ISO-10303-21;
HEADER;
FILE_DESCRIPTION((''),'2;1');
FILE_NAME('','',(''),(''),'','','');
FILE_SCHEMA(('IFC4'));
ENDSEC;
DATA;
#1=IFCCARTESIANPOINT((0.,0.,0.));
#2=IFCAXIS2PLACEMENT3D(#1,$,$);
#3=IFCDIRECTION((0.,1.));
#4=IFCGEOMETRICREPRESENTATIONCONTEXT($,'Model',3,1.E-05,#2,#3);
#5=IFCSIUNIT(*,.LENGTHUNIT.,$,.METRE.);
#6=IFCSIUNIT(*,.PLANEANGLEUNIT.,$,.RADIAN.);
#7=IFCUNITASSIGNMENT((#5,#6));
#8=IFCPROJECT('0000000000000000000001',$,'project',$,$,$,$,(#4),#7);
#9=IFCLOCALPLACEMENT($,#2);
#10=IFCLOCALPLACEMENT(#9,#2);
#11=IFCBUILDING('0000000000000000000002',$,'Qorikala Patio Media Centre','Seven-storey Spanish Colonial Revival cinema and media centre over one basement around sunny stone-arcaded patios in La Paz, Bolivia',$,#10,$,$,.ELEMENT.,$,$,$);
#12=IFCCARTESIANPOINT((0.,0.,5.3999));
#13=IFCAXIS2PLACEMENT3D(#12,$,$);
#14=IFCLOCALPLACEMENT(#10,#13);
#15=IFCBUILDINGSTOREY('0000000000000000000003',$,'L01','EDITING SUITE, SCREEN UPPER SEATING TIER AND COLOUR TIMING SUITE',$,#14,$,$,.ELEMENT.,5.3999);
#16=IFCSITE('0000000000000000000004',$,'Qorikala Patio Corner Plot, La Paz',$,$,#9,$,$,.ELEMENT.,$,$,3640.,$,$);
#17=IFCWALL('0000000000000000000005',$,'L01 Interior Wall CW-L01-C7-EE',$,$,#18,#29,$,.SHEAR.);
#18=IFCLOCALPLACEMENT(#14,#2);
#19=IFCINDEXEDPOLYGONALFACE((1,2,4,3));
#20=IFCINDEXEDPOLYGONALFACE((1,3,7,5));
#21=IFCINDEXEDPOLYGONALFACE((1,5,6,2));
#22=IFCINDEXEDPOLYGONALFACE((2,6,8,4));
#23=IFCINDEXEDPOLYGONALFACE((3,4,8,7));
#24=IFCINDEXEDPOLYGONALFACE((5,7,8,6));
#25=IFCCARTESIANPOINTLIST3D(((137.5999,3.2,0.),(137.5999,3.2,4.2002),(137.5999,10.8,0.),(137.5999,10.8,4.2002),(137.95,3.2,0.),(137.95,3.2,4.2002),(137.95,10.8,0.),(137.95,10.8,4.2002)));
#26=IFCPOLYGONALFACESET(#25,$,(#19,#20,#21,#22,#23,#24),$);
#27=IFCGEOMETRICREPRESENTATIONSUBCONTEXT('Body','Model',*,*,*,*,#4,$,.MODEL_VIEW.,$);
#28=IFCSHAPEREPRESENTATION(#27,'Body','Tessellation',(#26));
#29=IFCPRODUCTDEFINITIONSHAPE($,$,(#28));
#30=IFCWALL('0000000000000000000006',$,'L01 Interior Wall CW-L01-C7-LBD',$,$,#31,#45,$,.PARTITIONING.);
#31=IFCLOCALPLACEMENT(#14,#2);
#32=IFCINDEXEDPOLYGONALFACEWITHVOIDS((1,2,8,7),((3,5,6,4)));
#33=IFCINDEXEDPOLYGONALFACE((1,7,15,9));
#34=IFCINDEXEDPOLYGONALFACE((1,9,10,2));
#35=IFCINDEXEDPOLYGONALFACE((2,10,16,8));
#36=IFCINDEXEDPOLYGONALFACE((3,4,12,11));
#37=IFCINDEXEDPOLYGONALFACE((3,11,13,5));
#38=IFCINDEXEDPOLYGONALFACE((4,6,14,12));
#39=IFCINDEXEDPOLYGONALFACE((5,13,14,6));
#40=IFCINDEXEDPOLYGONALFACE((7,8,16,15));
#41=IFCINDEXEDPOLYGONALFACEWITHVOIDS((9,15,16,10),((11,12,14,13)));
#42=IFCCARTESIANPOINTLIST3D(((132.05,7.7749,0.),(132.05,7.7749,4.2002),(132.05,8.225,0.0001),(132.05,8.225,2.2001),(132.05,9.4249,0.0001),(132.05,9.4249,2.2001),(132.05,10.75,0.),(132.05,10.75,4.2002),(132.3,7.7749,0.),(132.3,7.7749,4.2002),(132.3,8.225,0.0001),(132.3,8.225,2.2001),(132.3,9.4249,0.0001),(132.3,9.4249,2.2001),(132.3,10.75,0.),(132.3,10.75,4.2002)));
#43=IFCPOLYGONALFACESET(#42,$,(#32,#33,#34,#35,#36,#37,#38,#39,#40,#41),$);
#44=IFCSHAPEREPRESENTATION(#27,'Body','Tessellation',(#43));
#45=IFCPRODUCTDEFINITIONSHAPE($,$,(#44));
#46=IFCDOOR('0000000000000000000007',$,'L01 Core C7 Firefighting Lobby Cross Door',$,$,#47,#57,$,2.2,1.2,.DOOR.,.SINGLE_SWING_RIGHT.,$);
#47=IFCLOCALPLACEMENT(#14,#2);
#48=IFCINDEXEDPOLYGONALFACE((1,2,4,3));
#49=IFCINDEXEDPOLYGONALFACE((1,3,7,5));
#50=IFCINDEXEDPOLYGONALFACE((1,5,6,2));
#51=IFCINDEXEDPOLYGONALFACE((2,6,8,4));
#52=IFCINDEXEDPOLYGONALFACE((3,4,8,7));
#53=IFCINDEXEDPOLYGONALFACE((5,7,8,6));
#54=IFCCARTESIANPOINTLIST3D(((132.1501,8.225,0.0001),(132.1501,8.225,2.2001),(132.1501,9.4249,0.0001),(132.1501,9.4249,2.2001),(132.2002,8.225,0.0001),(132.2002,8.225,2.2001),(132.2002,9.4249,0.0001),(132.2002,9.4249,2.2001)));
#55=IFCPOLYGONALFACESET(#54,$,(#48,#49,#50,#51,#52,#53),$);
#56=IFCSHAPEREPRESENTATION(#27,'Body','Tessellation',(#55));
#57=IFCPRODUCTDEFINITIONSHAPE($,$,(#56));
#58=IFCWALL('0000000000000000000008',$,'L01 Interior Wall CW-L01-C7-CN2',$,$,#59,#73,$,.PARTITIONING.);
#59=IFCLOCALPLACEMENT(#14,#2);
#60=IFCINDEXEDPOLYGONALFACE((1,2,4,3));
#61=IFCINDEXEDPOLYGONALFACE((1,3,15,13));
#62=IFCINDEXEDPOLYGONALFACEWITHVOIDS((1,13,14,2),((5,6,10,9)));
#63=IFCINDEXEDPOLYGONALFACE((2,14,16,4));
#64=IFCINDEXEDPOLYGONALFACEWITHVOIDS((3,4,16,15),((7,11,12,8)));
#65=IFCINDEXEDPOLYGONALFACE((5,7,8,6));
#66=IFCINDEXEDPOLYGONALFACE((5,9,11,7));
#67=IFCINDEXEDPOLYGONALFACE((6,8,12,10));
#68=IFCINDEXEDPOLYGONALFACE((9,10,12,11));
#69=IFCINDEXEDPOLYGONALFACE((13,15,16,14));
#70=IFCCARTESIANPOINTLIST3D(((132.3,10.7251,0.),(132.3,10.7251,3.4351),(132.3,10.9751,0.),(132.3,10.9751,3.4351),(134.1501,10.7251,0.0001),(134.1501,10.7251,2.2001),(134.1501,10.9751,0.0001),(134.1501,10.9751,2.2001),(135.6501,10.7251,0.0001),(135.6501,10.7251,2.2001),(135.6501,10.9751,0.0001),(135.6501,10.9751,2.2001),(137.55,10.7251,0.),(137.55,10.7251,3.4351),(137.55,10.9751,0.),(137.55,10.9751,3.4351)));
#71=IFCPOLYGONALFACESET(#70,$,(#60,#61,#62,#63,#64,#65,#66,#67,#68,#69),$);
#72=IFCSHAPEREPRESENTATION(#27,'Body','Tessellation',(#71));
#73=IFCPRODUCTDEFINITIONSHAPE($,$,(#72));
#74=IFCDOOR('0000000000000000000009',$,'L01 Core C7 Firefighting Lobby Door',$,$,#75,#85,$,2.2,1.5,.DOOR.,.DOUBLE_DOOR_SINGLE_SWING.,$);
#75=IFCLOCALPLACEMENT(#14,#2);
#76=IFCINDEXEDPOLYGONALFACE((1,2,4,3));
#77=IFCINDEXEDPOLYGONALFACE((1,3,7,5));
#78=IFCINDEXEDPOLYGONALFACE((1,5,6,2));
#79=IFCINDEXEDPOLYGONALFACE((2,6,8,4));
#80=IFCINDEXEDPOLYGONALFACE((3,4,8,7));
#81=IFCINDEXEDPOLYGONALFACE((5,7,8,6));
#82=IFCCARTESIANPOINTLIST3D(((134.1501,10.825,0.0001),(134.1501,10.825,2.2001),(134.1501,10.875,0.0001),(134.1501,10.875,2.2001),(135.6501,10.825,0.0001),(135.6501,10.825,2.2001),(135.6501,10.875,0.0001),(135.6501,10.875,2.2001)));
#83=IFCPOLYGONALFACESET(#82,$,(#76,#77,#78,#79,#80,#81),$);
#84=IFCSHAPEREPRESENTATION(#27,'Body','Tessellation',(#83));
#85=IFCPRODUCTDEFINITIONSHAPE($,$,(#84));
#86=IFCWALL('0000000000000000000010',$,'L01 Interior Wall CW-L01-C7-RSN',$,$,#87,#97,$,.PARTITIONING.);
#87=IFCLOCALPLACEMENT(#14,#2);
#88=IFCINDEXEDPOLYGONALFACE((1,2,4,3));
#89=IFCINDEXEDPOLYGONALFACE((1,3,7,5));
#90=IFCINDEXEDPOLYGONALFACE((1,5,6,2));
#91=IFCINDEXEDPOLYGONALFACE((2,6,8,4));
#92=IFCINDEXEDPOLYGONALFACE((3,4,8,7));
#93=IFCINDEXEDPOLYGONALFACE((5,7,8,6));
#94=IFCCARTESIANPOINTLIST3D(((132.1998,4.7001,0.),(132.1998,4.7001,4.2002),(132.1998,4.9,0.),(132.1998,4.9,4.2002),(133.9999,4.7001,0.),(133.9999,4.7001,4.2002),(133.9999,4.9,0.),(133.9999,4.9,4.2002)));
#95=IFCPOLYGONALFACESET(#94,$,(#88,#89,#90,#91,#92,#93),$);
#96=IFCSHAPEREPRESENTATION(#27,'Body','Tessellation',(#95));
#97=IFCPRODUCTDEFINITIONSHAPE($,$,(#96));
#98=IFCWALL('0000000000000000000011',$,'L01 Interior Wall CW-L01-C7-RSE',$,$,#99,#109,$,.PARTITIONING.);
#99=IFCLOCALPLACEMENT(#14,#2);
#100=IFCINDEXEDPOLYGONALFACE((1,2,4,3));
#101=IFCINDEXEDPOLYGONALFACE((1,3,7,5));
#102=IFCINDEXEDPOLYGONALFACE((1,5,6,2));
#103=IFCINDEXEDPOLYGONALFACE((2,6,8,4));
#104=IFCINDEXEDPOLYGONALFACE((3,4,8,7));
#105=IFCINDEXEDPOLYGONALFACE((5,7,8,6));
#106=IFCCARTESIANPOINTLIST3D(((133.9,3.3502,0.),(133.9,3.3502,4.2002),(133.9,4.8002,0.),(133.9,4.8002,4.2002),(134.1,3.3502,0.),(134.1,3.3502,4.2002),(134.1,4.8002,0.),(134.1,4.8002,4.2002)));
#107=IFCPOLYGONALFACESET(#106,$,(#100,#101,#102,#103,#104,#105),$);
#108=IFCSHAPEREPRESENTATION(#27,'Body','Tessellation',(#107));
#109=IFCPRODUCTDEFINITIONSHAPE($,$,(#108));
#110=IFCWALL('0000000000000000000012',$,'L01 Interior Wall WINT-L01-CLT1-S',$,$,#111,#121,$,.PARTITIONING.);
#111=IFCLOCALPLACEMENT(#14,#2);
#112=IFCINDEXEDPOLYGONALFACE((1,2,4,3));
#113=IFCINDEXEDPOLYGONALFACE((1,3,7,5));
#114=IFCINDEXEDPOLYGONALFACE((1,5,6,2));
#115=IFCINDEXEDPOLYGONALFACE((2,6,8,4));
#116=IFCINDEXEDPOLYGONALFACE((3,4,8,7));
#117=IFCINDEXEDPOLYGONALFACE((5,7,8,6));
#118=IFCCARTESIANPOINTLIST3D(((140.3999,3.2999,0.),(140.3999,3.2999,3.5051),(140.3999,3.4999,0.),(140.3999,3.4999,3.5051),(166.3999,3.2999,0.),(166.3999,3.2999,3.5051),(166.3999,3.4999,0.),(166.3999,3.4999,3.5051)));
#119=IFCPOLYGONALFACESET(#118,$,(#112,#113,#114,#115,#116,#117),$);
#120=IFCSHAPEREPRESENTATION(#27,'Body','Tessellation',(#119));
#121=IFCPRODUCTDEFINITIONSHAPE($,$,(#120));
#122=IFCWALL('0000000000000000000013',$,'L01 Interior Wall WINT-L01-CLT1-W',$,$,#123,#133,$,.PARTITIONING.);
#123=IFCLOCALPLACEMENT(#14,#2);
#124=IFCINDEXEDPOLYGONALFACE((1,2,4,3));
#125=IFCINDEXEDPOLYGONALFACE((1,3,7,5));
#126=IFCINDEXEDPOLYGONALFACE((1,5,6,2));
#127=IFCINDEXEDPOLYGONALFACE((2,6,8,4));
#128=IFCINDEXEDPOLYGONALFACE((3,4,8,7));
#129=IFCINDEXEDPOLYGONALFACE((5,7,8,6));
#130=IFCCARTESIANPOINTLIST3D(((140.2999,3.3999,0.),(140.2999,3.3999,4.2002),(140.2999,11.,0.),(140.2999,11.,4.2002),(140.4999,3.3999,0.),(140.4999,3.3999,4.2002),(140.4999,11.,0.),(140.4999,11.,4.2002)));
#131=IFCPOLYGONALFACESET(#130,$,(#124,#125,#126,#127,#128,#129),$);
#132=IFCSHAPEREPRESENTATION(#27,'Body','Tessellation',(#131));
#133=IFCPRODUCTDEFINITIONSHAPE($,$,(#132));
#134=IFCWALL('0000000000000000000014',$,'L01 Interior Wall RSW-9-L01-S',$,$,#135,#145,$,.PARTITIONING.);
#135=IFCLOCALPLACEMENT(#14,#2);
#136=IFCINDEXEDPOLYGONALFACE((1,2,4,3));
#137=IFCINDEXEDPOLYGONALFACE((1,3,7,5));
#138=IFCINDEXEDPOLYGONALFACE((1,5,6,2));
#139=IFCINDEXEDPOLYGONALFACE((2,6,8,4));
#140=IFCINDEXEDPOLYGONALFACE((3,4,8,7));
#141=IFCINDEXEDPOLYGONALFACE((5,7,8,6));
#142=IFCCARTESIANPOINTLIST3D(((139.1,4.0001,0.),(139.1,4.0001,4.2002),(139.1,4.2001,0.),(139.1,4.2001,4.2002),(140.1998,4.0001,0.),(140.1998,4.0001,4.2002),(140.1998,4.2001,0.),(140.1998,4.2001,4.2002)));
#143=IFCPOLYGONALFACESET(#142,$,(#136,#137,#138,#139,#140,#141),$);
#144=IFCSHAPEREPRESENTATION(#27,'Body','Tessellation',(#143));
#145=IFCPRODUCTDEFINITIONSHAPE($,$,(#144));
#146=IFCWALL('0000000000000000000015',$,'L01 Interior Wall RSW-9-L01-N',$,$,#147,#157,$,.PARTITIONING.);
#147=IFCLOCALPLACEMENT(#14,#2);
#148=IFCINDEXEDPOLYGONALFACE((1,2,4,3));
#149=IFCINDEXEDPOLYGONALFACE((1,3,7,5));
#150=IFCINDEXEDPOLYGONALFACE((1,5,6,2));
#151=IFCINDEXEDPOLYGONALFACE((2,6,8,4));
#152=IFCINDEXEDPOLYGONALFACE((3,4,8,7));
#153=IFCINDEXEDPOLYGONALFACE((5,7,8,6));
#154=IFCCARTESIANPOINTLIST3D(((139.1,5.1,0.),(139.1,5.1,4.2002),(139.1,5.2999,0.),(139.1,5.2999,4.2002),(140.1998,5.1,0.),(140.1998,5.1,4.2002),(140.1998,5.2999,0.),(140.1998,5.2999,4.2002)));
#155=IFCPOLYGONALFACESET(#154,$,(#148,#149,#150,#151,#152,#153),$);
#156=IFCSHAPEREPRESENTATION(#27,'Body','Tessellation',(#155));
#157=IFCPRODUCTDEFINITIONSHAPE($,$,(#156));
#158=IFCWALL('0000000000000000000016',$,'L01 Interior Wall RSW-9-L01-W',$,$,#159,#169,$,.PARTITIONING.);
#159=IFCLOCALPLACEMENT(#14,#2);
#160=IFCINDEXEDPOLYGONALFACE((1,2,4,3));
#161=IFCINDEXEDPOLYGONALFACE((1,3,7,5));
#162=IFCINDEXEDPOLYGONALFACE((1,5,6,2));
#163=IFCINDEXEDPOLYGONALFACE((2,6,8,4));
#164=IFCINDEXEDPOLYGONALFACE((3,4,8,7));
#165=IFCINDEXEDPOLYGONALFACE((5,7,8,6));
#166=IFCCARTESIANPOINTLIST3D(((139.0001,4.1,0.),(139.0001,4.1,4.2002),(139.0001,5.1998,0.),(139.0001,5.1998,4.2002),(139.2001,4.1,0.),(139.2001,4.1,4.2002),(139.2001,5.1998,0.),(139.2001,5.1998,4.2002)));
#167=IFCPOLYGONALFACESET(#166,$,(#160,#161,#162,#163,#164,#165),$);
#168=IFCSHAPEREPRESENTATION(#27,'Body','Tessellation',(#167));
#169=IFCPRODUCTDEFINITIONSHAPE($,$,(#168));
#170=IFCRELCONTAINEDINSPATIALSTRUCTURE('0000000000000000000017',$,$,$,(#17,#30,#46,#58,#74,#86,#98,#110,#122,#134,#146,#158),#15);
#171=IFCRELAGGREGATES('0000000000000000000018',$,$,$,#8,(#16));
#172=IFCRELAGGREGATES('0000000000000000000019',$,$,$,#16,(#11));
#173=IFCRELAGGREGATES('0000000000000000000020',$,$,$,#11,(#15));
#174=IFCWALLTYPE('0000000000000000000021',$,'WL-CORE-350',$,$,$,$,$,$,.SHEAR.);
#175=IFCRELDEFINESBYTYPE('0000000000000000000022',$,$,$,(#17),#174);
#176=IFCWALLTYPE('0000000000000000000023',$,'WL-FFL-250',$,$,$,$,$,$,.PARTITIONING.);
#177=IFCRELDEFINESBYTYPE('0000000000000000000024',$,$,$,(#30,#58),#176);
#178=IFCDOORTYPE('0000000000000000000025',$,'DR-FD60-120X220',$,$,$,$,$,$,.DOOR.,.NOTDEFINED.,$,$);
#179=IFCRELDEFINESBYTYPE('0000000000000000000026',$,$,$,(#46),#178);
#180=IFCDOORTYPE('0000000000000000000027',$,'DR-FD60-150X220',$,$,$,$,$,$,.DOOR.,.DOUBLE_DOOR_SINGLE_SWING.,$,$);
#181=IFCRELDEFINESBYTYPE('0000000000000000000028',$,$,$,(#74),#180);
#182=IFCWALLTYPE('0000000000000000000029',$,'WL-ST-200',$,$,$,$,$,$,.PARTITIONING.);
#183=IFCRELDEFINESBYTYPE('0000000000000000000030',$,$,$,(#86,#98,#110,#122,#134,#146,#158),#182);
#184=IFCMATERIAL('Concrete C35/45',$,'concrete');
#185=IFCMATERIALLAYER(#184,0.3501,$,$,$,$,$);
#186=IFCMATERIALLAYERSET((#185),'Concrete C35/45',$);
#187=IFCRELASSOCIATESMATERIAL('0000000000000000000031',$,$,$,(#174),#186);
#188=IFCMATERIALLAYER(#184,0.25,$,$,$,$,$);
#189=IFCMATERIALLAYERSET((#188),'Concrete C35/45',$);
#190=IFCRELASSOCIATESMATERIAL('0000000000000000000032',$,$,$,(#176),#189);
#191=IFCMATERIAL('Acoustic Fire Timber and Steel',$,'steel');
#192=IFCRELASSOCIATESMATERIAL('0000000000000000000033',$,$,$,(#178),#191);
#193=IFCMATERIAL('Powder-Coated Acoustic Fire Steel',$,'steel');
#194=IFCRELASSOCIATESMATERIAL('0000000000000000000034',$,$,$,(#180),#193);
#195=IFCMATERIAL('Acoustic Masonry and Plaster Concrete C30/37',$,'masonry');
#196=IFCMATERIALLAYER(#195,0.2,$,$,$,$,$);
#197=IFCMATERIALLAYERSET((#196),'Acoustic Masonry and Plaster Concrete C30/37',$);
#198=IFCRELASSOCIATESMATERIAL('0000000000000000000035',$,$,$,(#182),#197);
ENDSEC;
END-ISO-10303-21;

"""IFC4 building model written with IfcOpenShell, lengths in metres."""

from ifc_helpers import new_model, si_unit, direction, frame, frame_2d, origin, place, context, subcontext, project, spatial, rectangle, extrude, material, layer, layer_set, type_object, element, fill, save


model = new_model("IFC4")

# Units and contexts
model_context = context("Model", 3, precision=1e-05, world=origin(), true_north=direction((0.0, 1.0)))
body_context = subcontext(model_context, "Body", "Model", "MODEL_VIEW")
ifc_project = project(units=[si_unit("LENGTHUNIT", "METRE"), si_unit("PLANEANGLEUNIT", "RADIAN")], contexts=[model_context])

# Site, building, storey
site_placement = place(None, origin())
site = spatial("IfcSite", under=ifc_project, at=site_placement, Name="Qorikala Patio Corner Plot, La Paz", CompositionType="ELEMENT", RefElevation=3640.0)
building_placement = place(site_placement, origin())
building = spatial("IfcBuilding", under=site, at=building_placement, Name="Qorikala Patio Media Centre", Description="Seven-storey Spanish Colonial Revival cinema and media centre over one basement around sunny stone-arcaded patios in La Paz, Bolivia", CompositionType="ELEMENT")
storey_placement = place(building_placement, frame((0.0, 0.0, 5.3999)))
storey = spatial("IfcBuildingStorey", under=building, at=storey_placement, Name="L01", Description="EDITING SUITE, SCREEN UPPER SEATING TIER AND COLOUR TIMING SUITE", CompositionType="ELEMENT", Elevation=5.3999)

# Shared definitions
ifc_material_1 = material(Name="Concrete C35/45", Category="concrete")

# Wall
ifc_layer_1 = layer(ifc_material_1, 0.3501)
ifc_layer_set_1 = layer_set([ifc_layer_1], Name="Concrete C35/45")
wall_type_1 = type_object("IfcWallType", Name="WL-CORE-350", PredefinedType="SHEAR", material=ifc_layer_set_1)
wall_1_placement = place(storey_placement, frame((137.7749, 3.2, 0.0), z_axis=(0.0, 0.0, 1.0), x_axis=(0.0, 1.0, 0.0)))
element("IfcWall", 1, at=wall_1_placement, inside=storey, type_object=wall_type_1, Name="L01 Interior Wall CW-L01-C7-EE", PredefinedType="SHEAR", context=body_context, shape_type="SweptSolid", body=[
    extrude(rectangle(XDim=7.6001, YDim=0.3501, at=frame_2d((3.8, 0.0))), origin(), (0.0, 0.0, 1.0), 4.2002),
])

# Walls, openings, doors
ifc_layer_2 = layer(ifc_material_1, 0.25)
ifc_layer_set_2 = layer_set([ifc_layer_2], Name="Concrete C35/45")
wall_type_2 = type_object("IfcWallType", Name="WL-FFL-250", PredefinedType="PARTITIONING", material=ifc_layer_set_2)
wall_2_placement = place(storey_placement, frame((132.175, 7.7749, 0.0), z_axis=(0.0, 0.0, 1.0), x_axis=(0.0, 1.0, 0.0)))
wall_2 = element("IfcWall", 2, at=wall_2_placement, inside=storey, type_object=wall_type_2, Name="L01 Interior Wall CW-L01-C7-LBD", PredefinedType="PARTITIONING", context=body_context, shape_type="SweptSolid", body=[
    extrude(rectangle(XDim=2.9751, YDim=0.25, at=frame_2d((1.4875, 0.0))), origin(), (0.0, 0.0, 1.0), 4.2002),
])
opening_1_placement = place(wall_2_placement, frame((0.45, 0.0, 0.0)))
opening_1 = element("IfcOpeningElement", 3, at=opening_1_placement, cuts=wall_2, PredefinedType="OPENING", context=body_context, shape_type="SweptSolid", body=[
    extrude(rectangle(XDim=1.2, YDim=2.2, at=frame_2d((0.6001, 1.1001))), frame((0.0, 0.135, 0.0), z_axis=(0.0, -1.0, 0.0), x_axis=(1.0, 0.0, 0.0)), (0.0, 0.0, 1.0), 0.27),
])
ifc_material_2 = material(Name="Acoustic Fire Timber and Steel", Category="steel")
door_type_1 = type_object("IfcDoorType", Name="DR-FD60-120X220", OperationType="NOTDEFINED", PredefinedType="DOOR", material=ifc_material_2)
door_1_placement = place(opening_1_placement, origin())
door_1 = element("IfcDoor", 4, at=door_1_placement, inside=storey, type_object=door_type_1, Name="L01 Core C7 Firefighting Lobby Cross Door", OperationType="SINGLE_SWING_RIGHT", OverallHeight=2.2, OverallWidth=1.2, PredefinedType="DOOR", context=body_context, shape_type="SweptSolid", body=[
    extrude(rectangle(XDim=1.2, YDim=2.2, at=frame_2d((0.6001, 1.1001))), frame((0.0, 0.0249, 0.0), z_axis=(0.0, -1.0, 0.0), x_axis=(1.0, 0.0, 0.0)), (0.0, 0.0, 1.0), 0.05),
])
fill(opening_1, door_1)
wall_3_placement = place(storey_placement, frame((132.3, 10.8501, 0.0), z_axis=(0.0, 0.0, 1.0), x_axis=(1.0, 0.0, 0.0)))
wall_3 = element("IfcWall", 5, at=wall_3_placement, inside=storey, type_object=wall_type_2, Name="L01 Interior Wall CW-L01-C7-CN2", PredefinedType="PARTITIONING", context=body_context, shape_type="SweptSolid", body=[
    extrude(rectangle(XDim=5.25, YDim=0.25, at=frame_2d((2.625, 0.0))), origin(), (0.0, 0.0, 1.0), 3.4351),
])
opening_2_placement = place(wall_3_placement, frame((1.8501, 0.0, 0.0)))
opening_2 = element("IfcOpeningElement", 6, at=opening_2_placement, cuts=wall_3, PredefinedType="OPENING", context=body_context, shape_type="SweptSolid", body=[
    extrude(rectangle(XDim=1.5, YDim=2.2, at=frame_2d((0.75, 1.1001))), frame((0.0, 0.135, 0.0), z_axis=(0.0, -1.0, 0.0), x_axis=(1.0, 0.0, 0.0)), (0.0, 0.0, 1.0), 0.27),
])
ifc_material_3 = material(Name="Powder-Coated Acoustic Fire Steel", Category="steel")
door_type_2 = type_object("IfcDoorType", Name="DR-FD60-150X220", OperationType="DOUBLE_DOOR_SINGLE_SWING", PredefinedType="DOOR", material=ifc_material_3)
door_2_placement = place(opening_2_placement, origin())
door_2 = element("IfcDoor", 7, at=door_2_placement, inside=storey, type_object=door_type_2, Name="L01 Core C7 Firefighting Lobby Door", OperationType="DOUBLE_DOOR_SINGLE_SWING", OverallHeight=2.2, OverallWidth=1.5, PredefinedType="DOOR", context=body_context, shape_type="SweptSolid", body=[
    extrude(rectangle(XDim=1.5, YDim=2.2, at=frame_2d((0.75, 1.1001))), frame((0.0, 0.0249, 0.0), z_axis=(0.0, -1.0, 0.0), x_axis=(1.0, 0.0, 0.0)), (0.0, 0.0, 1.0), 0.05),
])
fill(opening_2, door_2)

# Walls
ifc_material_4 = material(Name="Acoustic Masonry and Plaster Concrete C30/37", Category="masonry")
ifc_layer_3 = layer(ifc_material_4, 0.2)
ifc_layer_set_3 = layer_set([ifc_layer_3], Name="Acoustic Masonry and Plaster Concrete C30/37")
wall_type_3 = type_object("IfcWallType", Name="WL-ST-200", PredefinedType="PARTITIONING", material=ifc_layer_set_3)
wall_4_placement = place(storey_placement, frame((132.2, 4.8, 0.0), z_axis=(0.0, 0.0, 1.0), x_axis=(1.0, 0.0, 0.0)))
element("IfcWall", 8, at=wall_4_placement, inside=storey, type_object=wall_type_3, Name="L01 Interior Wall CW-L01-C7-RSN", PredefinedType="PARTITIONING", context=body_context, shape_type="SweptSolid", body=[
    extrude(rectangle(XDim=1.8, YDim=0.2, at=frame_2d((0.8999, 0.0))), origin(), (0.0, 0.0, 1.0), 4.2002),
])
wall_5_placement = place(storey_placement, frame((134.0, 3.3501, 0.0), z_axis=(0.0, 0.0, 1.0), x_axis=(0.0, 1.0, 0.0)))
element("IfcWall", 9, at=wall_5_placement, inside=storey, type_object=wall_type_3, Name="L01 Interior Wall CW-L01-C7-RSE", PredefinedType="PARTITIONING", context=body_context, shape_type="SweptSolid", body=[
    extrude(rectangle(XDim=1.45, YDim=0.2, at=frame_2d((0.7251, 0.0))), origin(), (0.0, 0.0, 1.0), 4.2002),
])
wall_6_placement = place(storey_placement, frame((140.3999, 3.3999, 0.0), z_axis=(0.0, 0.0, 1.0), x_axis=(1.0, 0.0, 0.0)))
element("IfcWall", 10, at=wall_6_placement, inside=storey, type_object=wall_type_3, Name="L01 Interior Wall WINT-L01-CLT1-S", PredefinedType="PARTITIONING", context=body_context, shape_type="SweptSolid", body=[
    extrude(rectangle(XDim=26.0, YDim=0.2, at=frame_2d((13.0, 0.0))), origin(), (0.0, 0.0, 1.0), 3.5051),
])
wall_7_placement = place(storey_placement, frame((140.3999, 3.3999, 0.0), z_axis=(0.0, 0.0, 1.0), x_axis=(0.0, 1.0, 0.0)))
element("IfcWall", 11, at=wall_7_placement, inside=storey, type_object=wall_type_3, Name="L01 Interior Wall WINT-L01-CLT1-W", PredefinedType="PARTITIONING", context=body_context, shape_type="SweptSolid", body=[
    extrude(rectangle(XDim=7.6001, YDim=0.2, at=frame_2d((3.8, 0.0))), origin(), (0.0, 0.0, 1.0), 4.2002),
])
for number, where, z_axis, x_axis, name in (
    (12, (139.1001, 4.1001, 0.0), (0.0, 0.0, 1.0), (1.0, 0.0, 0.0), "L01 Interior Wall RSW-9-L01-S"),
    (13, (139.1001, 5.2, 0.0), (0.0, 0.0, 1.0), (1.0, 0.0, 0.0), "L01 Interior Wall RSW-9-L01-N"),
    (14, (139.1001, 4.1001, 0.0), (0.0, 0.0, 1.0), (0.0, 1.0, 0.0), "L01 Interior Wall RSW-9-L01-W"),
):
    element("IfcWall", number, at=place(storey_placement, frame(where, z_axis=z_axis, x_axis=x_axis)), inside=storey, type_object=wall_type_3, Name=name, PredefinedType="PARTITIONING", context=body_context, shape_type="SweptSolid", body=[
        extrude(rectangle(XDim=1.0999, YDim=0.2, at=frame_2d((0.5498, 0.0))), origin(), (0.0, 0.0, 1.0), 4.2002),
    ])

save(model, "model.ifc")
